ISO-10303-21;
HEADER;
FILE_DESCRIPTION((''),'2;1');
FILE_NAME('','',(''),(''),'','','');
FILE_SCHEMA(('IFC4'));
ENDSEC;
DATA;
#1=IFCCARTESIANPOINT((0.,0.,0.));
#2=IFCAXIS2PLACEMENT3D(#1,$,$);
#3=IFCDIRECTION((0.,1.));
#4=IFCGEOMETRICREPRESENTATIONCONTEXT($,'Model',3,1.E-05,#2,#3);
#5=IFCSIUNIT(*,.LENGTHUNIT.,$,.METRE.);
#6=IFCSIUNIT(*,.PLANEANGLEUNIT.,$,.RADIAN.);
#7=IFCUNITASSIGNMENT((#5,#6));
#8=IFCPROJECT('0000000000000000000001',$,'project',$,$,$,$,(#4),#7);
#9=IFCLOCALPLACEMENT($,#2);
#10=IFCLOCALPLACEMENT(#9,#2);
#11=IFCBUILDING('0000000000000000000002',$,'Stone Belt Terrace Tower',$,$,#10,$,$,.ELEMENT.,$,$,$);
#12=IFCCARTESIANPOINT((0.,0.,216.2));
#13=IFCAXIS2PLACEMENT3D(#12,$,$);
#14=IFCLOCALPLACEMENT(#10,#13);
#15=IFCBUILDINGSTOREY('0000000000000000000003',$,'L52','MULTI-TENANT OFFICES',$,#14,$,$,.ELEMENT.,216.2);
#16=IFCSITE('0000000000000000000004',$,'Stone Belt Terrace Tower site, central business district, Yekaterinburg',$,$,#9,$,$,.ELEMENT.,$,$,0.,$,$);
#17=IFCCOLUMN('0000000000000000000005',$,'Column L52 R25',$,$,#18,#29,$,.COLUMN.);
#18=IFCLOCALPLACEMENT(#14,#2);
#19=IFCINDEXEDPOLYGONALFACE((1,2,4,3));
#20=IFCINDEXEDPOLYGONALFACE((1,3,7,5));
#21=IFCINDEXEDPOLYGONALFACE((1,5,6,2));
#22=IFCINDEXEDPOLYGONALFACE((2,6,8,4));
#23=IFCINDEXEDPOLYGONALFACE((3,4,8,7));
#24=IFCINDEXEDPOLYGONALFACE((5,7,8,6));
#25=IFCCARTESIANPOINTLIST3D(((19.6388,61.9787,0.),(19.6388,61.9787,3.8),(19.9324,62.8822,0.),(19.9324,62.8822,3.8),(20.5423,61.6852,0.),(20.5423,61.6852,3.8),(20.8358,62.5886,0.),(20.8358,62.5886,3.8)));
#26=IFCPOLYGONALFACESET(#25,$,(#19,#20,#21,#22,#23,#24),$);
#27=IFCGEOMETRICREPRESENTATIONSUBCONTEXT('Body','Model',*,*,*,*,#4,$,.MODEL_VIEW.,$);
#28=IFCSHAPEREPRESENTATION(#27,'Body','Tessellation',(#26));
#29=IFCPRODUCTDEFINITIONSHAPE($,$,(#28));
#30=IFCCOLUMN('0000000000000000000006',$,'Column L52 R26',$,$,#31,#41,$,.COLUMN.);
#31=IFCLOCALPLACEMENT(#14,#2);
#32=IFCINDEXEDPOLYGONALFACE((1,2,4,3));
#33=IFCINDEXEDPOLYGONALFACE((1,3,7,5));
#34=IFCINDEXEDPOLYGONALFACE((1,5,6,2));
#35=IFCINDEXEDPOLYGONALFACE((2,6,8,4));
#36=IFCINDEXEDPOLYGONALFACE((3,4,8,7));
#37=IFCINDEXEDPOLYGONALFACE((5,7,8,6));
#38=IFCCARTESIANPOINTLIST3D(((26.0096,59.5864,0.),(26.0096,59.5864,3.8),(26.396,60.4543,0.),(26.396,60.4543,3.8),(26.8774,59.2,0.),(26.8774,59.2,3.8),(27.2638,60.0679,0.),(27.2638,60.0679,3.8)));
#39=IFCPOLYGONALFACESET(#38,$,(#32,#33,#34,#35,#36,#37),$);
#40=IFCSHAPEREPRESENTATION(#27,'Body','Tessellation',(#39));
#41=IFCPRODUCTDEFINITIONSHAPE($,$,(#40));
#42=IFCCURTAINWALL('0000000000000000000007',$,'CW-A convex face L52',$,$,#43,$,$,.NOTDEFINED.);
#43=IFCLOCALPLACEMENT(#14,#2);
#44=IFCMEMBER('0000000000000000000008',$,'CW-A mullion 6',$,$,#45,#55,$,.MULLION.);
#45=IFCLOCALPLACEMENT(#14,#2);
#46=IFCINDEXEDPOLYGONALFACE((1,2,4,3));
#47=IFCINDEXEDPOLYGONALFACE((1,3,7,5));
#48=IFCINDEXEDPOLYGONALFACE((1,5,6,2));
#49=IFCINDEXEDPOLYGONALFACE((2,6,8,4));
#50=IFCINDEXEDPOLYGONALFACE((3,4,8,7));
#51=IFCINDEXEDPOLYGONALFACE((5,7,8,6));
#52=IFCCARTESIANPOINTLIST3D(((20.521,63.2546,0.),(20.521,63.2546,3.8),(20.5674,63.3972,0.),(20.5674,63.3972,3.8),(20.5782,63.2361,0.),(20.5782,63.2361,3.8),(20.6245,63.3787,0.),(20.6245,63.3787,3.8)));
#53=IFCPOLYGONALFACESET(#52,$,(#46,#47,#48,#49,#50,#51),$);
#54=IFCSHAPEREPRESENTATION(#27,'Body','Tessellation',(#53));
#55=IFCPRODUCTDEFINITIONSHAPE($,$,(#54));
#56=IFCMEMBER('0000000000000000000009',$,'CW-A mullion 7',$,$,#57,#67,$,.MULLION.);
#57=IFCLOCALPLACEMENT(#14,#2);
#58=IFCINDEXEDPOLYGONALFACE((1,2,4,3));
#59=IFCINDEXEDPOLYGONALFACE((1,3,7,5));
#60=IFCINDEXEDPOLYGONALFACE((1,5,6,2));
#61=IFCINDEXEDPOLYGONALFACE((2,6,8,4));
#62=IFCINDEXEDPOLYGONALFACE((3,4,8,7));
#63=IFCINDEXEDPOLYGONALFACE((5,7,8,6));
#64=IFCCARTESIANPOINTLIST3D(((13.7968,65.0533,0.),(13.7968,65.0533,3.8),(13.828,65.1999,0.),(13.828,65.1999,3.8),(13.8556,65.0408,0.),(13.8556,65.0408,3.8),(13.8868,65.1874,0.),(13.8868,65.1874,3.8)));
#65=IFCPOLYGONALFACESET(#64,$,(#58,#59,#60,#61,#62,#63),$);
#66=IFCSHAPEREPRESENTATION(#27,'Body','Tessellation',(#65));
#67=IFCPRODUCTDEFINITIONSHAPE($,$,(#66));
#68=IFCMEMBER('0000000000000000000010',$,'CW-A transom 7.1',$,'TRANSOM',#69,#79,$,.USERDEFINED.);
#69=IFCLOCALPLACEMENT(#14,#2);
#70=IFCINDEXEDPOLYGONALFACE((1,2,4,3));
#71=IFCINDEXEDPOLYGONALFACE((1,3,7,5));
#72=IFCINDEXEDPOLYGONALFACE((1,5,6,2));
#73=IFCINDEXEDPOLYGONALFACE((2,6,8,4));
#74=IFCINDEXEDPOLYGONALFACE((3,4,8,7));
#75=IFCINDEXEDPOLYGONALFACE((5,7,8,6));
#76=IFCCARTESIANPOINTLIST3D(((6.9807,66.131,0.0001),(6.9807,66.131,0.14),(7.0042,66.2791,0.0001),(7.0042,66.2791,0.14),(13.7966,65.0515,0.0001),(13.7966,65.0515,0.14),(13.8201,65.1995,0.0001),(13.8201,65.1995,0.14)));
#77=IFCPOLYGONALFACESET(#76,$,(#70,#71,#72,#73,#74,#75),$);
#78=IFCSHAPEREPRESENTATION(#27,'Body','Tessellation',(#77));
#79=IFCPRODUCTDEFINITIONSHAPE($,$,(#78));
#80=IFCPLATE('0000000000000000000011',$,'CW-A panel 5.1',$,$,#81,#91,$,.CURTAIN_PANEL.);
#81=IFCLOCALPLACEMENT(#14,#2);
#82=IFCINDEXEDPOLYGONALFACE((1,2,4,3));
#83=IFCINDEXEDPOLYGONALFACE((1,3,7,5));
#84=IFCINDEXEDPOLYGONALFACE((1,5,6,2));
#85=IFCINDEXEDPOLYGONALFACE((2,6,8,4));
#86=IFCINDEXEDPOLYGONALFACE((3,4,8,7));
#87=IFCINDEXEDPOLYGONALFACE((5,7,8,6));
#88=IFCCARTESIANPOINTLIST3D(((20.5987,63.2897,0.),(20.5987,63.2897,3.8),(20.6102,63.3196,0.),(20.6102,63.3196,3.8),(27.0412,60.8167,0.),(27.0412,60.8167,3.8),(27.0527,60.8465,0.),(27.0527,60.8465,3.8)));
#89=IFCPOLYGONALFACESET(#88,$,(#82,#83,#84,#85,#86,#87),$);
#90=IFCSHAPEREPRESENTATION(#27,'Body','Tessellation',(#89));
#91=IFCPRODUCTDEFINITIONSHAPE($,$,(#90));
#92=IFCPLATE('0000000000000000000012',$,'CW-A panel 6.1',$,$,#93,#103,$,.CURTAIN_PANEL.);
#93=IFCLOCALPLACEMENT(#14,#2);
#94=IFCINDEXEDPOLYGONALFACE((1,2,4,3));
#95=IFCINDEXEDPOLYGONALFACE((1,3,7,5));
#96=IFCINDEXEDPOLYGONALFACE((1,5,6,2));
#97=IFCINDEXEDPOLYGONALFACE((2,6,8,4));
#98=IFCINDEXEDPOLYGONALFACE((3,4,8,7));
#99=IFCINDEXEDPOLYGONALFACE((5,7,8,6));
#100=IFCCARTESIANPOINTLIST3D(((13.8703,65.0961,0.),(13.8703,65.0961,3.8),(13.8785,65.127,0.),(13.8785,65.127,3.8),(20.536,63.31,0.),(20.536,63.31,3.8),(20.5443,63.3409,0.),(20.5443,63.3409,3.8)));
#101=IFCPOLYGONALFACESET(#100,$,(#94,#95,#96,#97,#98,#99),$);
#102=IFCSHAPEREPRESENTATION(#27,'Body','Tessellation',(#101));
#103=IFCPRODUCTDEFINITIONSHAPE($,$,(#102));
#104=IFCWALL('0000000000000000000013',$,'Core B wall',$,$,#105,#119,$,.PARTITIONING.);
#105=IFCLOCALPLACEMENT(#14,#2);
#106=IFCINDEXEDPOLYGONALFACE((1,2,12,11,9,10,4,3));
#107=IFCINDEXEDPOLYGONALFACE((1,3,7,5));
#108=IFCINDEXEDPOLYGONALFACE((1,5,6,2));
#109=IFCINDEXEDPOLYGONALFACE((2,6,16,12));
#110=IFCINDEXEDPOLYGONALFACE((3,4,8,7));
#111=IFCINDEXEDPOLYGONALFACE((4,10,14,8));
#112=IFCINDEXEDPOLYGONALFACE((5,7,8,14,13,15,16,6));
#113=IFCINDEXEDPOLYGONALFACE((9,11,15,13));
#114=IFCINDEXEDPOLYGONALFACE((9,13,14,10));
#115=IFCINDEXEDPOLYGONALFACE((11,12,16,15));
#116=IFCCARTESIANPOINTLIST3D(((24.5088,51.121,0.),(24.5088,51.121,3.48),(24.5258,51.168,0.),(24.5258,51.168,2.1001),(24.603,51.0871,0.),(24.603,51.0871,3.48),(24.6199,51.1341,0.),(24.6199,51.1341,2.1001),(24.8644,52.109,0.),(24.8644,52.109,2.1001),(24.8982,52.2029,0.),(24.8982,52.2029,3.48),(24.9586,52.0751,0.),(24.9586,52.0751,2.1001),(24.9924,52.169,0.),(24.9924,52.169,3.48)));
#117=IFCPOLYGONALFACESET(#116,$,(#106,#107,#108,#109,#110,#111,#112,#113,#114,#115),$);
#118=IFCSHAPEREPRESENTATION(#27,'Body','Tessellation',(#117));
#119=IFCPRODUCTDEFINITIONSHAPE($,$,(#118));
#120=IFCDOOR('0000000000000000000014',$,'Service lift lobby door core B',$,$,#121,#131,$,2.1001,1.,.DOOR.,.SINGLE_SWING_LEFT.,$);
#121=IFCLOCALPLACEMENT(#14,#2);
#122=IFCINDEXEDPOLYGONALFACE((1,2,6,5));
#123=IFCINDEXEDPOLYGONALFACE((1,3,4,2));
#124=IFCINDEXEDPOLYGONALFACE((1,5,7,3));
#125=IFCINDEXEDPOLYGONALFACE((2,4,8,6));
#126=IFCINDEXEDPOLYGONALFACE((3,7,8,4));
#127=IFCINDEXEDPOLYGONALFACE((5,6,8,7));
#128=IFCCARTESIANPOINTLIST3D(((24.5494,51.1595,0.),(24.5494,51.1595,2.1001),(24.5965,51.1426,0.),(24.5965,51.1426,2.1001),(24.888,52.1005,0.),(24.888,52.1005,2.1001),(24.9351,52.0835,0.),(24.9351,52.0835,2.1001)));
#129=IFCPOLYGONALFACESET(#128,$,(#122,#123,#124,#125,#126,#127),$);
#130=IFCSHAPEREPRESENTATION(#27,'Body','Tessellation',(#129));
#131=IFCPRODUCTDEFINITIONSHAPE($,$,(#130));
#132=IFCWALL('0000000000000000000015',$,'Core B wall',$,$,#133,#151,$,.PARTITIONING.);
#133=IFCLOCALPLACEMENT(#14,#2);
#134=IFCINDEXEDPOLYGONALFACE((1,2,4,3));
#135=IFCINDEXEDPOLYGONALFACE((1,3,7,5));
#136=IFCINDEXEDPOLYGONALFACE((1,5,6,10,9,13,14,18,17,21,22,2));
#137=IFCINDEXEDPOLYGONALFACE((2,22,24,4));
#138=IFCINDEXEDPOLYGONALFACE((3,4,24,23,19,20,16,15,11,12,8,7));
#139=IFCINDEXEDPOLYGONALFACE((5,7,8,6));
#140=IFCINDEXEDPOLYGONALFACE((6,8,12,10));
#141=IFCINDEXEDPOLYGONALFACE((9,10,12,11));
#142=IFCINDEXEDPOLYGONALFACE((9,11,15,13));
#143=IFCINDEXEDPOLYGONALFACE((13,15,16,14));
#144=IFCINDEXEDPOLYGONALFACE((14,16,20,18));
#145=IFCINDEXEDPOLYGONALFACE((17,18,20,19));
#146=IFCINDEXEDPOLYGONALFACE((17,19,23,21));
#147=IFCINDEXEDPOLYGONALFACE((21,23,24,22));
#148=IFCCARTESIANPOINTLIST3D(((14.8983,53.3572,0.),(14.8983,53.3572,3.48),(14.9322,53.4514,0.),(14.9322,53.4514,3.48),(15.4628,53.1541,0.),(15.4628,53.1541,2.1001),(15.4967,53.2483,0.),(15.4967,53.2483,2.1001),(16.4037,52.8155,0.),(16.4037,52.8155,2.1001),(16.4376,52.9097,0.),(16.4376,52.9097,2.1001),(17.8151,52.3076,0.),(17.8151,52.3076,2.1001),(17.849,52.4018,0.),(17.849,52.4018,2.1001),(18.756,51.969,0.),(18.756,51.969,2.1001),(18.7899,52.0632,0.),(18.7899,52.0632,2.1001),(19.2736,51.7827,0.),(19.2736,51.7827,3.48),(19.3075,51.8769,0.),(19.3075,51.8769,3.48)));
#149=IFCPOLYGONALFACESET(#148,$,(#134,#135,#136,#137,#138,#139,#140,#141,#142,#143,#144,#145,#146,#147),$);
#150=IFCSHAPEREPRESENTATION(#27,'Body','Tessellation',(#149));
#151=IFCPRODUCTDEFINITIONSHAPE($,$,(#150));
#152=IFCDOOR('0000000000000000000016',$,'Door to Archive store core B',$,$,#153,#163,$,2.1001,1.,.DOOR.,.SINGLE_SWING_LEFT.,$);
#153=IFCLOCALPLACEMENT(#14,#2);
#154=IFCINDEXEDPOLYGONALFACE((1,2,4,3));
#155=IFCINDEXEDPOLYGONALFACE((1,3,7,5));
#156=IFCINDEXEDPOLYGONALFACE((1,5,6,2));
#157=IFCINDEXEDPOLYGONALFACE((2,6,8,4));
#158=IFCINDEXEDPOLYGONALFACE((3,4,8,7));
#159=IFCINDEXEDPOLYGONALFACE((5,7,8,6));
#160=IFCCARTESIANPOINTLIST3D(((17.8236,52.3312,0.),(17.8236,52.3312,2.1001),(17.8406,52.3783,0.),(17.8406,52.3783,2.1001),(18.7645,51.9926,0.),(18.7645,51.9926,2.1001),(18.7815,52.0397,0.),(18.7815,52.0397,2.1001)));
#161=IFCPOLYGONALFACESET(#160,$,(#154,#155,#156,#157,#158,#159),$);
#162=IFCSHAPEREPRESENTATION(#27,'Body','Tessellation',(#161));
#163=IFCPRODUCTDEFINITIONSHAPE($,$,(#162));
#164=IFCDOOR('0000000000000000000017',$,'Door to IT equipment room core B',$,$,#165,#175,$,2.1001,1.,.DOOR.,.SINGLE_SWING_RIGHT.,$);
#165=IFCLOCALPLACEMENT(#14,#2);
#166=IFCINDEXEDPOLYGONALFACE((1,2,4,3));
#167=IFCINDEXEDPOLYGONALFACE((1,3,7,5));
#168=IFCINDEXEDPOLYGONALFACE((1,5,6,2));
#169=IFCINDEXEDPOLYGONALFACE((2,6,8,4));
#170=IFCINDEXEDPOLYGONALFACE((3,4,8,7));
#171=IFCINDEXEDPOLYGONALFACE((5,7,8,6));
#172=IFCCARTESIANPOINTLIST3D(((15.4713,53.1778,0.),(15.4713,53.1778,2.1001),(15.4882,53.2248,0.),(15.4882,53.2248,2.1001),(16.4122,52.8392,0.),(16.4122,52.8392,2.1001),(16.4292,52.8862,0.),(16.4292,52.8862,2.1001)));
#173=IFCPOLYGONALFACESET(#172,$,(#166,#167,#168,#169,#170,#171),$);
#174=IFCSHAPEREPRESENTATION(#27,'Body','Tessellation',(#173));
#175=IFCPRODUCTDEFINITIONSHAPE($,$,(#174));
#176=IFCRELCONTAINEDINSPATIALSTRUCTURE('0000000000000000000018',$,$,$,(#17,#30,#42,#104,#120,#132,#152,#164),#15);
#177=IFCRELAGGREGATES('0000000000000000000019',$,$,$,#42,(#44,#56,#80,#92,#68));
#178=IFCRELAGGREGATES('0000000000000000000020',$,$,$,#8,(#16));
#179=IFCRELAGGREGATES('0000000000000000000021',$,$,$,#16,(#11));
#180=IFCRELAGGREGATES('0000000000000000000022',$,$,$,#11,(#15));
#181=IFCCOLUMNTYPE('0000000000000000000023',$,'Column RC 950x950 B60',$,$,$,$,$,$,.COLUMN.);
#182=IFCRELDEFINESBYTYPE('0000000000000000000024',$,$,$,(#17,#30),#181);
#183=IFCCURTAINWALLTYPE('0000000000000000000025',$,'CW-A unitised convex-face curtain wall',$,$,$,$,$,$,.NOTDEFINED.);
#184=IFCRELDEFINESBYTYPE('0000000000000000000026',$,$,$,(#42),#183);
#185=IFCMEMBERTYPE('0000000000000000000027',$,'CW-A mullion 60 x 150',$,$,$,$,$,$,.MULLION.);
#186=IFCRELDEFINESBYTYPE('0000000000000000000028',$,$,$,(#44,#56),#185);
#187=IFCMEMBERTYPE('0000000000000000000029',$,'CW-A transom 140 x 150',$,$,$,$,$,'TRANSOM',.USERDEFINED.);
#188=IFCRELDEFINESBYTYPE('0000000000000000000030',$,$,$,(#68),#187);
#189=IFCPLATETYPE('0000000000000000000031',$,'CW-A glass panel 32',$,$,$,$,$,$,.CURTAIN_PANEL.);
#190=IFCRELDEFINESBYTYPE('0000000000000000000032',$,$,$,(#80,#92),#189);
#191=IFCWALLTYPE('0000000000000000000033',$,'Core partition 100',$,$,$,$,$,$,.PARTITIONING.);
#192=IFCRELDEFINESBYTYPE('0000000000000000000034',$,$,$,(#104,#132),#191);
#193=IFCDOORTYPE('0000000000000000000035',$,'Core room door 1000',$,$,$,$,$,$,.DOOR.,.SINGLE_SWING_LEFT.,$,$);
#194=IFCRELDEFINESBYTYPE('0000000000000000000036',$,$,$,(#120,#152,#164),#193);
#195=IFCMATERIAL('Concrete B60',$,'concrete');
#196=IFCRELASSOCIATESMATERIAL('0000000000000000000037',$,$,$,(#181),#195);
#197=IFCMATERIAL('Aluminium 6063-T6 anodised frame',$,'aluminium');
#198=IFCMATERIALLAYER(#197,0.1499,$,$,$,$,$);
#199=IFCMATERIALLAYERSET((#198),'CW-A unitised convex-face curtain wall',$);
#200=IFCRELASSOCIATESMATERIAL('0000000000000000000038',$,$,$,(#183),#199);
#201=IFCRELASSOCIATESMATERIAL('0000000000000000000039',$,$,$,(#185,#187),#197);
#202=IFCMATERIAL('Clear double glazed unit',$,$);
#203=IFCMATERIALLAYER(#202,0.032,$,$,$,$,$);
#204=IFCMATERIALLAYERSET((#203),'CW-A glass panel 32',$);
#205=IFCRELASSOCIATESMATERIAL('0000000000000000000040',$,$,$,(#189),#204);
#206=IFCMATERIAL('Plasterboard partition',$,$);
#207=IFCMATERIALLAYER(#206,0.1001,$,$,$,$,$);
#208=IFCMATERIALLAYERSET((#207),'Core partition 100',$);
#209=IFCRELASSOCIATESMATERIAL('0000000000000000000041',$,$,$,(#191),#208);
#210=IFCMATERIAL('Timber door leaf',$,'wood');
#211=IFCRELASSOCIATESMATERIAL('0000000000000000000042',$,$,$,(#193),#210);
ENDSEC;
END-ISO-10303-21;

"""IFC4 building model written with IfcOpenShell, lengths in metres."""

from ifc_helpers import new_model, si_unit, direction, frame, frame_2d, origin, origin_2d, place, context, subcontext, project, spatial, rectangle, extrude, material, layer, layer_set, material_profile, profile_set, type_object, element, fill, aggregate, save


model = new_model("IFC4")

# Units and contexts
model_context = context("Model", 3, precision=1e-05, world=origin(), true_north=direction((0.0, 1.0)))
body_context = subcontext(model_context, "Body", "Model", "MODEL_VIEW")
ifc_project = project(units=[si_unit("LENGTHUNIT", "METRE"), si_unit("PLANEANGLEUNIT", "RADIAN")], contexts=[model_context])

# Site, building, storey
site_placement = place(None, origin())
site = spatial("IfcSite", under=ifc_project, at=site_placement, Name="Stone Belt Terrace Tower site, central business district, Yekaterinburg", CompositionType="ELEMENT", RefElevation=0.0)
building_placement = place(site_placement, origin())
building = spatial("IfcBuilding", under=site, at=building_placement, Name="Stone Belt Terrace Tower", CompositionType="ELEMENT")
storey_placement = place(building_placement, frame((0.0, 0.0, 216.2)))
storey = spatial("IfcBuildingStorey", under=building, at=storey_placement, Name="L52", Description="MULTI-TENANT OFFICES", CompositionType="ELEMENT", Elevation=216.2)

# Columns
ifc_material_1 = material(Name="Concrete B60", Category="concrete")
ifc_material_profile_1 = material_profile(ifc_material_1, rectangle(XDim=0.95, YDim=0.95, at=origin_2d()), Name="RC 950x950")
ifc_profile_set_1 = profile_set([ifc_material_profile_1], Name="Concrete B60")
column_type = type_object("IfcColumnType", Name="Column RC 950x950 B60", PredefinedType="COLUMN", material=ifc_profile_set_1)
for number, where, z_axis, x_axis, name in (
    (1, (20.2373, 62.2837, 0.0), (0.0, 0.0, 1.0), (0.951057, -0.309017, 0.0), "Column L52 R25"),
    (2, (26.6367, 59.8271, 0.0), (0.0, 0.0, 1.0), (0.913545, -0.406737, 0.0), "Column L52 R26"),
):
    element("IfcColumn", number, at=place(storey_placement, frame(where, z_axis=z_axis, x_axis=x_axis)), inside=storey, type_object=column_type, Name=name, PredefinedType="COLUMN", context=body_context, shape_type="SweptSolid", body=[
        extrude(rectangle(XDim=0.95, YDim=0.95, at=origin_2d()), origin(), (0.0, 0.0, 1.0), 3.8),
    ])

# Curtain wall, members, plates
ifc_material_2 = material(Name="Aluminium 6063-T6 anodised frame", Category="aluminium")
ifc_layer_1 = layer(ifc_material_2, 0.1499)
ifc_layer_set_1 = layer_set([ifc_layer_1], Name="CW-A unitised convex-face curtain wall")
curtain_wall_type = type_object("IfcCurtainWallType", Name="CW-A unitised convex-face curtain wall", PredefinedType="NOTDEFINED", material=ifc_layer_set_1)
curtain_wall_placement = place(storey_placement, origin())
curtain_wall = element("IfcCurtainWall", 3, at=curtain_wall_placement, inside=storey, type_object=curtain_wall_type, Name="CW-A convex face L52", PredefinedType="NOTDEFINED")
ifc_material_profile_2 = material_profile(ifc_material_2, rectangle(XDim=0.1499, YDim=0.0601, at=origin_2d()), Name="Aluminium 6063-T6 60x150")
ifc_profile_set_2 = profile_set([ifc_material_profile_2], Name="Aluminium 6063-T6 anodised frame")
member_type_1 = type_object("IfcMemberType", Name="CW-A mullion 60 x 150", PredefinedType="MULLION", material=ifc_profile_set_2)
member_1_placement = place(storey_placement, frame((20.5728, 63.3167, 0.0), z_axis=(0.0, 0.0, 1.0), x_axis=(-0.309017, -0.951057, 0.0)))
member_1 = element("IfcMember", 4, at=member_1_placement, type_object=member_type_1, Name="CW-A mullion 6", PredefinedType="MULLION", context=body_context, shape_type="SweptSolid", body=[
    extrude(rectangle(XDim=0.1499, YDim=0.0601, at=origin_2d()), origin(), (0.0, 0.0, 1.0), 3.8),
])
member_2_placement = place(storey_placement, frame((13.8418, 65.1204, 0.0), z_axis=(0.0, 0.0, 1.0), x_axis=(-0.207912, -0.978148, 0.0)))
member_2 = element("IfcMember", 5, at=member_2_placement, type_object=member_type_1, Name="CW-A mullion 7", PredefinedType="MULLION", context=body_context, shape_type="SweptSolid", body=[
    extrude(rectangle(XDim=0.1499, YDim=0.0601, at=origin_2d()), origin(), (0.0, 0.0, 1.0), 3.8),
])
ifc_material_profile_3 = material_profile(ifc_material_2, rectangle(XDim=0.1499, YDim=0.1399, at=origin_2d()), Name="Aluminium 6063-T6 150x140")
ifc_profile_set_3 = profile_set([ifc_material_profile_3], Name="Aluminium 6063-T6 anodised frame")
member_type_2 = type_object("IfcMemberType", Name="CW-A transom 140 x 150", ElementType="TRANSOM", PredefinedType="USERDEFINED", material=ifc_profile_set_3)
member_3_placement = place(storey_placement, frame((13.8083, 65.1255, 0.0701), z_axis=(-0.987687, 0.156442, 0.0), x_axis=(-0.156442, -0.987687, 0.0)))
member_3 = element("IfcMember", 6, at=member_3_placement, type_object=member_type_2, Name="CW-A transom 7.1", ObjectType="TRANSOM", PredefinedType="USERDEFINED", context=body_context, shape_type="SweptSolid", body=[
    extrude(rectangle(XDim=0.1499, YDim=0.1399, at=origin_2d()), origin(), (0.0, 0.0, 1.0), 6.9009),
])
ifc_material_3 = material(Name="Clear double glazed unit")
ifc_layer_2 = layer(ifc_material_3, 0.032)
ifc_layer_set_2 = layer_set([ifc_layer_2], Name="CW-A glass panel 32")
plate_type = type_object("IfcPlateType", Name="CW-A glass panel 32", PredefinedType="CURTAIN_PANEL", material=ifc_layer_set_2)
plate_1_placement = place(storey_placement, frame((23.8257, 62.0681, 0.0), z_axis=(0.0, 0.0, 1.0), x_axis=(-0.93358, 0.358368, 0.0)))
plate_1 = element("IfcPlate", 7, at=plate_1_placement, type_object=plate_type, Name="CW-A panel 5.1", PredefinedType="CURTAIN_PANEL", context=body_context, shape_type="SweptSolid", body=[
    extrude(rectangle(XDim=6.9009, YDim=0.032, at=origin_2d()), origin(), (0.0, 0.0, 1.0), 3.8),
])
plate_2_placement = place(storey_placement, frame((17.2073, 64.2185, 0.0), z_axis=(0.0, 0.0, 1.0), x_axis=(-0.965926, 0.258819, 0.0)))
plate_2 = element("IfcPlate", 8, at=plate_2_placement, type_object=plate_type, Name="CW-A panel 6.1", PredefinedType="CURTAIN_PANEL", context=body_context, shape_type="SweptSolid", body=[
    extrude(rectangle(XDim=6.9009, YDim=0.032, at=origin_2d()), origin(), (0.0, 0.0, 1.0), 3.8),
])
aggregate(curtain_wall, [member_1, member_2, plate_1, plate_2, member_3])

# Wall, opening, door
ifc_material_4 = material(Name="Plasterboard partition")
ifc_layer_3 = layer(ifc_material_4, 0.1001)
ifc_layer_set_3 = layer_set([ifc_layer_3], Name="Core partition 100")
wall_type_1 = type_object("IfcWallType", Name="Core partition 100", PredefinedType="PARTITIONING", material=ifc_layer_set_3)
wall_1_placement = place(storey_placement, frame((24.5559, 51.104, 0.0), z_axis=(0.0, 0.0, 1.0), x_axis=(0.338622, 0.940923, 0.0)))
wall_1 = element("IfcWall", 9, at=wall_1_placement, inside=storey, type_object=wall_type_1, Name="Core B wall", PredefinedType="PARTITIONING", context=body_context, shape_type="SweptSolid", body=[
    extrude(rectangle(XDim=1.1499, YDim=0.1001, at=frame_2d((0.575, 0.0))), origin(), (0.0, 0.0, 1.0), 3.48),
])
opening_1_placement = place(wall_1_placement, frame((0.05, 0.0, 0.0)))
opening_1 = element("IfcOpeningElement", 10, at=opening_1_placement, cuts=wall_1, PredefinedType="OPENING", context=body_context, shape_type="SweptSolid", body=[
    extrude(rectangle(XDim=1.0, YDim=2.1001, at=frame_2d((0.5, 1.05))), frame((0.0, 0.0601, 0.0), z_axis=(0.0, -1.0, 0.0), x_axis=(1.0, 0.0, 0.0)), (0.0, 0.0, 1.0), 0.1201),
])
ifc_material_5 = material(Name="Timber door leaf", Category="wood")
door_type_1 = type_object("IfcDoorType", Name="Core room door 1000", OperationType="SINGLE_SWING_LEFT", PredefinedType="DOOR", material=ifc_material_5)
door_1_placement = place(opening_1_placement, origin())
door_1 = element("IfcDoor", 11, at=door_1_placement, inside=storey, type_object=door_type_1, Name="Service lift lobby door core B", OperationType="SINGLE_SWING_LEFT", OverallHeight=2.1001, OverallWidth=1.0, PredefinedType="DOOR", context=body_context, shape_type="SweptSolid", body=[
    extrude(rectangle(XDim=1.0, YDim=2.1001, at=frame_2d((0.5, 1.05))), frame((0.0, 0.0249, 0.0), z_axis=(0.0, -1.0, 0.0), x_axis=(1.0, 0.0, 0.0)), (0.0, 0.0, 1.0), 0.05),
])
fill(opening_1, door_1)

# Wall, openings, doors
wall_2_placement = place(storey_placement, frame((19.2905, 51.8298, 0.0), z_axis=(0.0, 0.0, 1.0), x_axis=(-0.94093, 0.3386, 0.0)))
wall_2 = element("IfcWall", 12, at=wall_2_placement, inside=storey, type_object=wall_type_1, Name="Core B wall", PredefinedType="PARTITIONING", context=body_context, shape_type="SweptSolid", body=[
    extrude(rectangle(XDim=4.6499, YDim=0.1001, at=frame_2d((2.325, 0.0))), origin(), (0.0, 0.0, 1.0), 3.48),
])
opening_2_placement = place(wall_2_placement, frame((0.55, 0.0, 0.0)))
opening_2 = element("IfcOpeningElement", 13, at=opening_2_placement, cuts=wall_2, PredefinedType="OPENING", context=body_context, shape_type="SweptSolid", body=[
    extrude(rectangle(XDim=1.0, YDim=2.1001, at=frame_2d((0.5, 1.05))), frame((0.0, 0.0601, 0.0), z_axis=(0.0, -1.0, 0.0), x_axis=(1.0, 0.0, 0.0)), (0.0, 0.0, 1.0), 0.1201),
])
opening_3_placement = place(wall_2_placement, frame((3.05, 0.0, 0.0)))
opening_3 = element("IfcOpeningElement", 14, at=opening_3_placement, cuts=wall_2, PredefinedType="OPENING", context=body_context, shape_type="SweptSolid", body=[
    extrude(rectangle(XDim=1.0, YDim=2.1001, at=frame_2d((0.5, 1.05))), frame((0.0, 0.0601, 0.0), z_axis=(0.0, -1.0, 0.0), x_axis=(1.0, 0.0, 0.0)), (0.0, 0.0, 1.0), 0.1201),
])
door_2_placement = place(opening_2_placement, origin())
door_2 = element("IfcDoor", 15, at=door_2_placement, inside=storey, type_object=door_type_1, Name="Door to Archive store core B", OperationType="SINGLE_SWING_LEFT", OverallHeight=2.1001, OverallWidth=1.0, PredefinedType="DOOR", context=body_context, shape_type="SweptSolid", body=[
    extrude(rectangle(XDim=1.0, YDim=2.1001, at=frame_2d((0.5, 1.05))), frame((0.0, 0.0249, 0.0), z_axis=(0.0, -1.0, 0.0), x_axis=(1.0, 0.0, 0.0)), (0.0, 0.0, 1.0), 0.05),
])
fill(opening_2, door_2)
door_3_placement = place(opening_3_placement, origin())
door_3 = element("IfcDoor", 16, at=door_3_placement, inside=storey, type_object=door_type_1, Name="Door to IT equipment room core B", OperationType="SINGLE_SWING_RIGHT", OverallHeight=2.1001, OverallWidth=1.0, PredefinedType="DOOR", context=body_context, shape_type="SweptSolid", body=[
    extrude(rectangle(XDim=1.0, YDim=2.1001, at=frame_2d((0.5, 1.05))), frame((0.0, 0.0249, 0.0), z_axis=(0.0, -1.0, 0.0), x_axis=(1.0, 0.0, 0.0)), (0.0, 0.0, 1.0), 0.05),
])
fill(opening_3, door_3)

save(model, "model.ifc")
